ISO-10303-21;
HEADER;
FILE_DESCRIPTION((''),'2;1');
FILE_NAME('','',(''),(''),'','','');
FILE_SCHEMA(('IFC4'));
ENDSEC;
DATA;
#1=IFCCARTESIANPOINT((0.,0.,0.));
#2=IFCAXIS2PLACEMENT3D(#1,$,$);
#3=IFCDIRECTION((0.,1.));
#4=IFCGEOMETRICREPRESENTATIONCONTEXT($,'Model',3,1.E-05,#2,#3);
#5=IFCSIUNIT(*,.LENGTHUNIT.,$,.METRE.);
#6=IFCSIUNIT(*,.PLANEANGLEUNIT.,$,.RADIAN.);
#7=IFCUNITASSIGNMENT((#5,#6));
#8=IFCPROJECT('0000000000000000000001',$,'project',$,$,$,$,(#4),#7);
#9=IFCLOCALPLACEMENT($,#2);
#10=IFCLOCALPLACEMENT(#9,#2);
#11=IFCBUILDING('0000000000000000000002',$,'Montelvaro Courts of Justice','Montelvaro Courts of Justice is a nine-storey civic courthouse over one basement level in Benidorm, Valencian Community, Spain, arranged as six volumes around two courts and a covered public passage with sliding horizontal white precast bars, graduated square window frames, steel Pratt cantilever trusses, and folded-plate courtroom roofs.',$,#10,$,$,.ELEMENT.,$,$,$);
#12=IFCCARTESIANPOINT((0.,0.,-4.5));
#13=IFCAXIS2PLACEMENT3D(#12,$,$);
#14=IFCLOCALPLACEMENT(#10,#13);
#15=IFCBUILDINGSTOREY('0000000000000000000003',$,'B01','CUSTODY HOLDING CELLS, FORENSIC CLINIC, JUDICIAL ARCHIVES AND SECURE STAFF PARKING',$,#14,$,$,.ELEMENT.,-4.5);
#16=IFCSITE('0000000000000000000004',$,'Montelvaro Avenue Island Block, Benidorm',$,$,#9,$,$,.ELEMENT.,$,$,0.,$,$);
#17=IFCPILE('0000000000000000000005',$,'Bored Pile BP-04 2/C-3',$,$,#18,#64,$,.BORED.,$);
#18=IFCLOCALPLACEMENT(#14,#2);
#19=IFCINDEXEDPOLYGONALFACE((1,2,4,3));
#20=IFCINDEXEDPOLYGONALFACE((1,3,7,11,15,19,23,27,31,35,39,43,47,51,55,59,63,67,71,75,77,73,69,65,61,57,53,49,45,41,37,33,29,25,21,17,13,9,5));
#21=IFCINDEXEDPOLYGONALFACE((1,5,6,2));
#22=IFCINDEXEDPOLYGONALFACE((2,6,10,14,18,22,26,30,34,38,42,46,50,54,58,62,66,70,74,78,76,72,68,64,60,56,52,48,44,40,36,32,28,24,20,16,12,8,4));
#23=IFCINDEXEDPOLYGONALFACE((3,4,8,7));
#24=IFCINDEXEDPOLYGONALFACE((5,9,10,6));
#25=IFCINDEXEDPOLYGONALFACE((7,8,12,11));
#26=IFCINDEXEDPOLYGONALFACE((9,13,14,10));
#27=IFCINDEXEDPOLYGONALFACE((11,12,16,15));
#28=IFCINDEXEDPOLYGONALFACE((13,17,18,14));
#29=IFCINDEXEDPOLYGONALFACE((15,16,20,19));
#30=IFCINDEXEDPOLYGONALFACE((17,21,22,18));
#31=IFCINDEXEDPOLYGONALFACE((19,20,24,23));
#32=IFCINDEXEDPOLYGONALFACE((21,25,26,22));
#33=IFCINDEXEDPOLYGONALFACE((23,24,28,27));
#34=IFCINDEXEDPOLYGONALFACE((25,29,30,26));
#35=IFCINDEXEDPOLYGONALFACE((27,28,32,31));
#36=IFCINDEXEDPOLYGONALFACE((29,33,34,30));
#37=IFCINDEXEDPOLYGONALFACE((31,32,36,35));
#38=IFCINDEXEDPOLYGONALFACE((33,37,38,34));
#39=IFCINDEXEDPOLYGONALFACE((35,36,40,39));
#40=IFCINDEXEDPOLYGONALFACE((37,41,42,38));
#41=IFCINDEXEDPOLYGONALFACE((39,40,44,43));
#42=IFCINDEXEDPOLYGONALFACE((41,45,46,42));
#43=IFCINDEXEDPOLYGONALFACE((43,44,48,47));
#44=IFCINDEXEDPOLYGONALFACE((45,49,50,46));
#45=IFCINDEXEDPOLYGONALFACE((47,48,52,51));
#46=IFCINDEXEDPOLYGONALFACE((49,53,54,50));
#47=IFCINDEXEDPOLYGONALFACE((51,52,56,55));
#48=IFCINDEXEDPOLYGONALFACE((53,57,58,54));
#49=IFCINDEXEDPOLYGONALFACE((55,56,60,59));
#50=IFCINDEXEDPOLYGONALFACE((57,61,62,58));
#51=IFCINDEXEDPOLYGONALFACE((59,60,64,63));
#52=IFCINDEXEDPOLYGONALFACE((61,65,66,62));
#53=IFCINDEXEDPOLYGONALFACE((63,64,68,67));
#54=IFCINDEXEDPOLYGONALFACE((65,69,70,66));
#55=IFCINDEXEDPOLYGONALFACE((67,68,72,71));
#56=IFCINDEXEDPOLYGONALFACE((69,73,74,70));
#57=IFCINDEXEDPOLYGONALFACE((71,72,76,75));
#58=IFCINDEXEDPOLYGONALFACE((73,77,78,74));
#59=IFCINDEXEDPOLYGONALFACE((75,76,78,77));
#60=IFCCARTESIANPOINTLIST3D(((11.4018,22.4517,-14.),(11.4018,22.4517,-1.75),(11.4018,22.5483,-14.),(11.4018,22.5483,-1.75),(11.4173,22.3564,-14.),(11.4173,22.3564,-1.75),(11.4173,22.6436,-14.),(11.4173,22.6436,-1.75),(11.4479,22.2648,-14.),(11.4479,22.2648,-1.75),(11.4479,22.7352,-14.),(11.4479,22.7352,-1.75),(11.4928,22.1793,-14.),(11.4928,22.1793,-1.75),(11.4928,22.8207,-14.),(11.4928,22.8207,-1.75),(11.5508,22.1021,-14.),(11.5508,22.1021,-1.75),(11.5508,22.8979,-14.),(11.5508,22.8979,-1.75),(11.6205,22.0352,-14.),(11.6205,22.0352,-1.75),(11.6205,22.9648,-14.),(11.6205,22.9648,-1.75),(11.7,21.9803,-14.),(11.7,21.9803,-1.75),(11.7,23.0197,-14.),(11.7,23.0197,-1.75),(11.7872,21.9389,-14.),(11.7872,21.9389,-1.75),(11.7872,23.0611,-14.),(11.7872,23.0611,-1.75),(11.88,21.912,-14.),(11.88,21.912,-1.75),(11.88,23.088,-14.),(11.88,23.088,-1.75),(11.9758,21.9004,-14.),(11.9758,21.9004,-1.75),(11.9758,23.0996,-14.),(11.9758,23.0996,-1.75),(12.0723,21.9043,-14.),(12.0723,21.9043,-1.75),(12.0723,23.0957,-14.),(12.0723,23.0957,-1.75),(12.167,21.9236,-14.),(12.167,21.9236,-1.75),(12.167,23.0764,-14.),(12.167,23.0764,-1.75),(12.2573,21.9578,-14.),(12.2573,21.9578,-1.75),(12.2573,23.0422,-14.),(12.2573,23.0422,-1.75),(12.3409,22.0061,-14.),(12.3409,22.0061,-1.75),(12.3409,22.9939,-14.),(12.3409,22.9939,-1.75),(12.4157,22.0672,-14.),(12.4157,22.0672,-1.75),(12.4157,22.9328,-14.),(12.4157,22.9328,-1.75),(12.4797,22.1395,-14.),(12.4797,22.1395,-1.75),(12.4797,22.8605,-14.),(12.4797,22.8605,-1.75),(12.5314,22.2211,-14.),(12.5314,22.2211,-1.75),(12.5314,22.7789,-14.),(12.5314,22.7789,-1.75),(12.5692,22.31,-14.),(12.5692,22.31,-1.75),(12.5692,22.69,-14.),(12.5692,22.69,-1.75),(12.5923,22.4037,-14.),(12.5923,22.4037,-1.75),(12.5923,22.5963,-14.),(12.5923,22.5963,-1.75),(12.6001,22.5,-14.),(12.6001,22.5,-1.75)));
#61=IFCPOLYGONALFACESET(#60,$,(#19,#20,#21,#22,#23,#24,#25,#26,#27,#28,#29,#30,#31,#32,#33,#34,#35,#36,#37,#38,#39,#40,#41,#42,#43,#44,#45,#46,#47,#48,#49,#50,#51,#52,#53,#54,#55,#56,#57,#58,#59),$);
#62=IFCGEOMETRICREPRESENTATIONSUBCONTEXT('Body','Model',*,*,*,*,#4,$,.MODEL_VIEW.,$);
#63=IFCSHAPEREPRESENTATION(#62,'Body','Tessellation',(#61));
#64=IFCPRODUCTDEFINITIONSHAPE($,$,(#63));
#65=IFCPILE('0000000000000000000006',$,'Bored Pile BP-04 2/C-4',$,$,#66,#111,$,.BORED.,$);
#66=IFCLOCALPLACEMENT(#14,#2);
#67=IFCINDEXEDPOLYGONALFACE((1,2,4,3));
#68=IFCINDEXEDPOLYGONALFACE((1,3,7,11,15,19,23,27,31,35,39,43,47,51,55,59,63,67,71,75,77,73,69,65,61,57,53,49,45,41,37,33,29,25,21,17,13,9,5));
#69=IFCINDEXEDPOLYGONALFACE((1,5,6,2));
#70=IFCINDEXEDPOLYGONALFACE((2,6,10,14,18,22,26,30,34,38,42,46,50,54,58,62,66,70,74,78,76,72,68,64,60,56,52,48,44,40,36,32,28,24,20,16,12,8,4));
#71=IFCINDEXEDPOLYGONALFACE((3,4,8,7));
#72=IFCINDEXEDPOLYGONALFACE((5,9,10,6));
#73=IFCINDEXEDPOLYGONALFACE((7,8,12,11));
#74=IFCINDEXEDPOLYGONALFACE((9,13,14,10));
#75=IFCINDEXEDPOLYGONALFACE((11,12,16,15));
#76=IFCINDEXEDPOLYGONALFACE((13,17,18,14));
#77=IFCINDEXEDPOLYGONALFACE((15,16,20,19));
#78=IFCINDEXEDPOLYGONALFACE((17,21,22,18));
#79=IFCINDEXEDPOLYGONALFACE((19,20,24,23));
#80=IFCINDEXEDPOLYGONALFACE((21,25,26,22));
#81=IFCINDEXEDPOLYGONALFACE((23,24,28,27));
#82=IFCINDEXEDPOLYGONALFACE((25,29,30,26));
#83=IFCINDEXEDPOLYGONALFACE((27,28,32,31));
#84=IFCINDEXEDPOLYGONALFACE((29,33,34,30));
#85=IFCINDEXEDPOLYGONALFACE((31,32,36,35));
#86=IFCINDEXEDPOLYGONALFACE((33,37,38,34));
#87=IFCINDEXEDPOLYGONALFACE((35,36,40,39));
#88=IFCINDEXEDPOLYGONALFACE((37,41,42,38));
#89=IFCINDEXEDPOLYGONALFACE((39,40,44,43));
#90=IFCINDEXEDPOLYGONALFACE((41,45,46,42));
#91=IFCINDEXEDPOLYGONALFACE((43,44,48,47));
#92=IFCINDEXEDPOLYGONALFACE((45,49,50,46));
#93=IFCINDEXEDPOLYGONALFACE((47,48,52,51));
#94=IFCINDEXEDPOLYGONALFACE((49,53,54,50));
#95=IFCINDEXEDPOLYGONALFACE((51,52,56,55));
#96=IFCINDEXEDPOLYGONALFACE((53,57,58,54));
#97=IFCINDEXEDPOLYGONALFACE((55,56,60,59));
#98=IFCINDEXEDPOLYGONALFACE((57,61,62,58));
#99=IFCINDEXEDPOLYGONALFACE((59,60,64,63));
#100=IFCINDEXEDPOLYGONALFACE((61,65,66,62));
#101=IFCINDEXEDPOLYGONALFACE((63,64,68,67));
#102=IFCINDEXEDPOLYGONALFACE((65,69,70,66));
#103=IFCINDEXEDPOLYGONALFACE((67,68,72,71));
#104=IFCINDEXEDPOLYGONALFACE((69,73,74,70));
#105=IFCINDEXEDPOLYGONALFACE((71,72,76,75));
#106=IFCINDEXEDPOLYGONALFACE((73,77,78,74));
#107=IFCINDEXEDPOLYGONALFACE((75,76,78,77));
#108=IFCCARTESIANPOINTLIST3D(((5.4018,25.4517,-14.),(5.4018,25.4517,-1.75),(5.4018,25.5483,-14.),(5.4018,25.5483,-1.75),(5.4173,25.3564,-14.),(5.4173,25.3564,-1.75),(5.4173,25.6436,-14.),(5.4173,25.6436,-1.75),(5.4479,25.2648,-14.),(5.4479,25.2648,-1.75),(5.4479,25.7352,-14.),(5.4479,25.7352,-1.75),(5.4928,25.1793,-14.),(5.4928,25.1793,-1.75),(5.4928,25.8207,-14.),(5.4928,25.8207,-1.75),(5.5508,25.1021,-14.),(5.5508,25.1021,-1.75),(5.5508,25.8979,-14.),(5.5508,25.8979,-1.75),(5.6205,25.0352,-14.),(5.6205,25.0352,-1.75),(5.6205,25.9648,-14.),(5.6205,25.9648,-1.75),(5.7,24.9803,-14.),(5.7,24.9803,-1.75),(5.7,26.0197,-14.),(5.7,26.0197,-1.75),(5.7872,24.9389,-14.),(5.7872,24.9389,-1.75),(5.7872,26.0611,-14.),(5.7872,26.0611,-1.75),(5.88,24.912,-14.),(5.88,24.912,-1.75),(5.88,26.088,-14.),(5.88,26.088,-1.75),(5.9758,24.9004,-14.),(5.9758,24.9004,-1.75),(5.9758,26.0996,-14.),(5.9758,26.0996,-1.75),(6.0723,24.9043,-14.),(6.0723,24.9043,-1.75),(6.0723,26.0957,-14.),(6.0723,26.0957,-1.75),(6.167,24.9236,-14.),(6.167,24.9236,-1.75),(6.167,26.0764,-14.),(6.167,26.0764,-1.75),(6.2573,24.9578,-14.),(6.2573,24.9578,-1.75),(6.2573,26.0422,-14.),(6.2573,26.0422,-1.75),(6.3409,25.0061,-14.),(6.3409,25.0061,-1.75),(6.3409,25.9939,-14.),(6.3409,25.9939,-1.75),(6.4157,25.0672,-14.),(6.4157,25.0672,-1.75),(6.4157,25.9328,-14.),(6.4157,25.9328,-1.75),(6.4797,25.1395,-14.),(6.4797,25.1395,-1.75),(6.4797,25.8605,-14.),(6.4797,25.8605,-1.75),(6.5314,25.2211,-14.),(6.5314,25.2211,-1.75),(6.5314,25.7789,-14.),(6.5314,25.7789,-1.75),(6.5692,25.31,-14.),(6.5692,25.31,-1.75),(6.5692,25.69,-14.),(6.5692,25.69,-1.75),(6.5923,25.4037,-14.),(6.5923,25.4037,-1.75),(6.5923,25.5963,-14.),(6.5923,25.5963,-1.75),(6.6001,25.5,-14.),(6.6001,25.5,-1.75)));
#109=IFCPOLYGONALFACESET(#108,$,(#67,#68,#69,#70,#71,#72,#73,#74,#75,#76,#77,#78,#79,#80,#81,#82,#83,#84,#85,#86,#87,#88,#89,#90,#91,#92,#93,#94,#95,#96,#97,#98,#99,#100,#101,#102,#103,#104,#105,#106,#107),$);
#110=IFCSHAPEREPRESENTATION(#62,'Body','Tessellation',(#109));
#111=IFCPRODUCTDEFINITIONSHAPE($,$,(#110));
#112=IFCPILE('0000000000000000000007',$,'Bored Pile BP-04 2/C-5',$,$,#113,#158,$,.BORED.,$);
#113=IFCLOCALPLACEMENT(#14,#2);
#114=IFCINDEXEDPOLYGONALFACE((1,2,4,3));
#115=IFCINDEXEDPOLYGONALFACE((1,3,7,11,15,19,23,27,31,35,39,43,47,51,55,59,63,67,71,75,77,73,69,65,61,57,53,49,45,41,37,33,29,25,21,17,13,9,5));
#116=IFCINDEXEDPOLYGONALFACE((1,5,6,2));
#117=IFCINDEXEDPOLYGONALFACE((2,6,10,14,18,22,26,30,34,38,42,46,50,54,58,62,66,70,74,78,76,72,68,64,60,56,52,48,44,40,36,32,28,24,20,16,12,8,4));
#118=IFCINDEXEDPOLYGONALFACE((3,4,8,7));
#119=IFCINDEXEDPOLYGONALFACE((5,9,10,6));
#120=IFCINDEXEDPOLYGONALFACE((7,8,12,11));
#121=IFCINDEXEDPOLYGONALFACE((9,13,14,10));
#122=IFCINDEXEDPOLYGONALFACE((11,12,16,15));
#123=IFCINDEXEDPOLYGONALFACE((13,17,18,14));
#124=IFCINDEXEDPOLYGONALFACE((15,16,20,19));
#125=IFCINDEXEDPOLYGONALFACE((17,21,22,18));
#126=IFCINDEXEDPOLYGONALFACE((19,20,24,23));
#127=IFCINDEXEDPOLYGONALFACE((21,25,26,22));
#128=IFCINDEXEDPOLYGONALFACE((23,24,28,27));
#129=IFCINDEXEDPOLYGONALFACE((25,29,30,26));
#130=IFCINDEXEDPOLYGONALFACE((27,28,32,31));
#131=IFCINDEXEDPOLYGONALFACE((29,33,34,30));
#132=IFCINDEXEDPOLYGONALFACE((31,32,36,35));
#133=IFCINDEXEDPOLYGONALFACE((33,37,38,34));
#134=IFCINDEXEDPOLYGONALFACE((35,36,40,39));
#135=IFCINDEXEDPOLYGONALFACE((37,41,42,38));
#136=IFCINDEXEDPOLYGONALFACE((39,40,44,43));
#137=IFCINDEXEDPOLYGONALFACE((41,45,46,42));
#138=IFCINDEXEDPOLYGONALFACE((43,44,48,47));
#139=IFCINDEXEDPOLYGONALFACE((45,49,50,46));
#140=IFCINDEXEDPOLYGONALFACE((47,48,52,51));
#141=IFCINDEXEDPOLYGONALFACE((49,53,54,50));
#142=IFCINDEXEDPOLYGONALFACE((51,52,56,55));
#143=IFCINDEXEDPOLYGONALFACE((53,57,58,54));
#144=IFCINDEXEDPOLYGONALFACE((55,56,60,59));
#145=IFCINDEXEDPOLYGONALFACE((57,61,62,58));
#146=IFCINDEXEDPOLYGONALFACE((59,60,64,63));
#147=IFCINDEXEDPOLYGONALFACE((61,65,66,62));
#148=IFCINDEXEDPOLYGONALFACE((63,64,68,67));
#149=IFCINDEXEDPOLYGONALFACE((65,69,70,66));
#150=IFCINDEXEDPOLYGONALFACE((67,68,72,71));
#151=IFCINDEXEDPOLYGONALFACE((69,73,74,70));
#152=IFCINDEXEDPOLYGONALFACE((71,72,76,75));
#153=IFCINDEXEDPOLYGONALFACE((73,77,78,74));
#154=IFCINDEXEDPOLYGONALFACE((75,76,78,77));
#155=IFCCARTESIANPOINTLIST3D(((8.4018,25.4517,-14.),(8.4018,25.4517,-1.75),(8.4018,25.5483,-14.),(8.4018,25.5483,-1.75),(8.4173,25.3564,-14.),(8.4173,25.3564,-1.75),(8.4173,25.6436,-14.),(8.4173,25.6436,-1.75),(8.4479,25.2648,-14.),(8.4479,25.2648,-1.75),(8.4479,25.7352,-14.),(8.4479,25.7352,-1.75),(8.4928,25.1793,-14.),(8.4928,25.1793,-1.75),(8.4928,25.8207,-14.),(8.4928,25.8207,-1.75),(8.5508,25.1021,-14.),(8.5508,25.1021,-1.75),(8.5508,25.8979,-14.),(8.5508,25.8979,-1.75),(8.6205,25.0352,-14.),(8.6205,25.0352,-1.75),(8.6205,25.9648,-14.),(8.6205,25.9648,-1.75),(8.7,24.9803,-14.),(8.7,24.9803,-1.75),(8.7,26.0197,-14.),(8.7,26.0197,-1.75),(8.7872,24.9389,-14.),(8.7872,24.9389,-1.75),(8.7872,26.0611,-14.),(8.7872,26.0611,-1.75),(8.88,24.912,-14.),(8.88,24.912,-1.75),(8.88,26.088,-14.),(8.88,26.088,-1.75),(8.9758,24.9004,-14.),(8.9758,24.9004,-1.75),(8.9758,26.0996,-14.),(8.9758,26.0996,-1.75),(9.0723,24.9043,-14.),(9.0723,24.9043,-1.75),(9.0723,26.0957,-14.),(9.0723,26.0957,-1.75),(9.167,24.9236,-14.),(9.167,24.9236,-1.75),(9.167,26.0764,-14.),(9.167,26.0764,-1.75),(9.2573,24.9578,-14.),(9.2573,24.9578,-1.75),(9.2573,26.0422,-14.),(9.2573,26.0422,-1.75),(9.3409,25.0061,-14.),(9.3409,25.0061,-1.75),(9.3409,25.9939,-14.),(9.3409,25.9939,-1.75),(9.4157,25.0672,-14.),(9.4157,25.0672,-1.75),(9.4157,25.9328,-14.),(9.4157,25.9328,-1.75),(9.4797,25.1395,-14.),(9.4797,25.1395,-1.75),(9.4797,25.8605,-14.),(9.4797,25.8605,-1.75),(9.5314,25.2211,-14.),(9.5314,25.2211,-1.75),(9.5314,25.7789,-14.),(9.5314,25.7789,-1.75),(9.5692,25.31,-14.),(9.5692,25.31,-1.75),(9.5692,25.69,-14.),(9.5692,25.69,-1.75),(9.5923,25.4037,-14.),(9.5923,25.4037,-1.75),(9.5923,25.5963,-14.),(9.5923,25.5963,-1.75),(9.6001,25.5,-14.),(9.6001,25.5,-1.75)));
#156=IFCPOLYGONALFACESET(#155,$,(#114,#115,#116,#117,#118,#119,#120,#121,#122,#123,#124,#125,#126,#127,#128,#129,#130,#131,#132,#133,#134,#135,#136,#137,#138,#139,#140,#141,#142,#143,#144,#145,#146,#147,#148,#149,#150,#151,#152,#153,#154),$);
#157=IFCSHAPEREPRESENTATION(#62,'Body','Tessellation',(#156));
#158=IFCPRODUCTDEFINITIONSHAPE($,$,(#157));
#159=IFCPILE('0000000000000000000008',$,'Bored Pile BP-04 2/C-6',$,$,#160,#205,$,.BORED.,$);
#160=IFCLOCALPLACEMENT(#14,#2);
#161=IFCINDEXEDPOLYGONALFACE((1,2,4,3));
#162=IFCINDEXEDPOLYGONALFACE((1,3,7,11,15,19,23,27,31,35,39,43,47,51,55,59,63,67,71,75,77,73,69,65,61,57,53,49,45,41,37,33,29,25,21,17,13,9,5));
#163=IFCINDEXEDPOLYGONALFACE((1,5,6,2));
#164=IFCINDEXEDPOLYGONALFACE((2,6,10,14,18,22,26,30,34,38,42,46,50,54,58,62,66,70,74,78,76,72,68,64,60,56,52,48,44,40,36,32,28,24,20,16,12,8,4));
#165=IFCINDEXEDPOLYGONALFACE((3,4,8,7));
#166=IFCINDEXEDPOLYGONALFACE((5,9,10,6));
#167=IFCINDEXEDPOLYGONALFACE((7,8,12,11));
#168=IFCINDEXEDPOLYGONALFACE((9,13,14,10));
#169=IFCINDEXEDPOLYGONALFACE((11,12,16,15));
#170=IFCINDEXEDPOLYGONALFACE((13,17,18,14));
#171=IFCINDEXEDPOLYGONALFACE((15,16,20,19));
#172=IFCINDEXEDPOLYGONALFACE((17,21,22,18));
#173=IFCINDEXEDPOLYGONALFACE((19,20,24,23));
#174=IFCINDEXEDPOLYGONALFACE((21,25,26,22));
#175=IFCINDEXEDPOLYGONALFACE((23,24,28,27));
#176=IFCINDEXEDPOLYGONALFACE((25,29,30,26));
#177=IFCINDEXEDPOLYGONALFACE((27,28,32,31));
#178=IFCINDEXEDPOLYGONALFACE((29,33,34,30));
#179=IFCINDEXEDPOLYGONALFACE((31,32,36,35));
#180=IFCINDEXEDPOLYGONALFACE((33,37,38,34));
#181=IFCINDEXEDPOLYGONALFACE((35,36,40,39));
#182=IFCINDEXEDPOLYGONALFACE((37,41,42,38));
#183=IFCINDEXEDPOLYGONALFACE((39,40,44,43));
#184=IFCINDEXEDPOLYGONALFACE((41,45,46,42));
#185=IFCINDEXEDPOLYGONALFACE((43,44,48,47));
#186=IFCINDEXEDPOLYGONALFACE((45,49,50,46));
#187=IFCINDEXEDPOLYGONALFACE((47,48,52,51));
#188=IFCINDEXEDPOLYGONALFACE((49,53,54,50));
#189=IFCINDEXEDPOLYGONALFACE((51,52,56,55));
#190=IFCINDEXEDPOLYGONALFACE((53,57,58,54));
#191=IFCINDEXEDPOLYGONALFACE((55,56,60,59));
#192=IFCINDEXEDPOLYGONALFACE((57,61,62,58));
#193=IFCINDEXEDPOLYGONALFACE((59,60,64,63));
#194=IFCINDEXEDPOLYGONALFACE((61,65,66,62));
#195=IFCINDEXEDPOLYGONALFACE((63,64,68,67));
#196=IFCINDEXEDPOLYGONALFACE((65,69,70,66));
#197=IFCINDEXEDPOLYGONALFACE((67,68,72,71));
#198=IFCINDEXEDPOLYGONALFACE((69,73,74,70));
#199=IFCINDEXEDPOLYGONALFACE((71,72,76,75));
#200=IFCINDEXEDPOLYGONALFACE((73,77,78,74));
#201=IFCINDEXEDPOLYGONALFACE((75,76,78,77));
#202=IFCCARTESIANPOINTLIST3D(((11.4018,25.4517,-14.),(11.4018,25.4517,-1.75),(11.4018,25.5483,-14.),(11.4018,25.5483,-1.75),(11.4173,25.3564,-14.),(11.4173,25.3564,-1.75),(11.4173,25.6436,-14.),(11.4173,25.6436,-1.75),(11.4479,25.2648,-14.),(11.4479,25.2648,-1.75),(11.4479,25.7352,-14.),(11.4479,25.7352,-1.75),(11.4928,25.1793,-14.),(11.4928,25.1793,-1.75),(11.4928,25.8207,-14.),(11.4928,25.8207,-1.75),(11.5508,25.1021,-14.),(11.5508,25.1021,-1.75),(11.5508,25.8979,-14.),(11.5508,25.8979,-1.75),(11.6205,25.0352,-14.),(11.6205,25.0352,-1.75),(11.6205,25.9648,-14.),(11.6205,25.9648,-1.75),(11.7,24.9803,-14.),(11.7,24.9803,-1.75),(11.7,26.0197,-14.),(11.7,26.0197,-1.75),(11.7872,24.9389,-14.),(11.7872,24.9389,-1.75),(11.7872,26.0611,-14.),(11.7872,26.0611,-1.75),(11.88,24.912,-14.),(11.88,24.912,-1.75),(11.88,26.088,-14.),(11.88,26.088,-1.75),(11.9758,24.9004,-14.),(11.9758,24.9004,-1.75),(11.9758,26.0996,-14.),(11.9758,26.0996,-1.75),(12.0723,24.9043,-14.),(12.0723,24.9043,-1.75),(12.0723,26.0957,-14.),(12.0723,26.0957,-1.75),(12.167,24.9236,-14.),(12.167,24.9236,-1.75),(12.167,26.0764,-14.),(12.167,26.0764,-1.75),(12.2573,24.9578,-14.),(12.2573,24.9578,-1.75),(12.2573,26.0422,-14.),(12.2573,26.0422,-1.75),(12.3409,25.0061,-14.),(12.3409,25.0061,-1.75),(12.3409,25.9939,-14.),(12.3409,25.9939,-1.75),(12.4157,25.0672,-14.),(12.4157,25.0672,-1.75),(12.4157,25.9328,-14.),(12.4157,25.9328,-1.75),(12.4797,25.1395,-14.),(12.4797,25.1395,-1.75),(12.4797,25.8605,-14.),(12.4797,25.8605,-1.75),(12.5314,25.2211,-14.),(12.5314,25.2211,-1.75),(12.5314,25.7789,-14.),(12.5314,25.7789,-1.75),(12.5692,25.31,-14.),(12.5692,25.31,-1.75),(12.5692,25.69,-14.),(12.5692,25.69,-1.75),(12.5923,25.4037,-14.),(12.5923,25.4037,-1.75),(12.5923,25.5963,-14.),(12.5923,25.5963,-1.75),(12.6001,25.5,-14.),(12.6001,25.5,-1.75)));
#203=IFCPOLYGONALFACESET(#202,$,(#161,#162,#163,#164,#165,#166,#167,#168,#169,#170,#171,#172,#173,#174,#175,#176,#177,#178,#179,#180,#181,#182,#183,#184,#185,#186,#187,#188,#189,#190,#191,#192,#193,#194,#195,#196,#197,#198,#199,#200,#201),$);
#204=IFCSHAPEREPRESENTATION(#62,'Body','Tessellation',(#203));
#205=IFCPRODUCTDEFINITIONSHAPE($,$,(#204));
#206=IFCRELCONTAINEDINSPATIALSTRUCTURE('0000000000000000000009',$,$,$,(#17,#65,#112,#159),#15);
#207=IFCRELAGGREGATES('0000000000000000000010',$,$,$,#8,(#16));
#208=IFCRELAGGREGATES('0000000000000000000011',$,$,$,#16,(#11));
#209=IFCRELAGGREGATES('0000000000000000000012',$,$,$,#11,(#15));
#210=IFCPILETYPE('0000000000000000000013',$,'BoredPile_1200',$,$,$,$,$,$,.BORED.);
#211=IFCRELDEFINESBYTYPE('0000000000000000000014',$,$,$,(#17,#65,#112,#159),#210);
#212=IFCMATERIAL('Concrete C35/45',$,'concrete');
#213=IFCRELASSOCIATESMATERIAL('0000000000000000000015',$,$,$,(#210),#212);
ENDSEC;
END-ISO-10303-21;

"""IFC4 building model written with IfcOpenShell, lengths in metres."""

from ifc_helpers import new_model, si_unit, direction, frame, origin, origin_2d, place, context, subcontext, project, spatial, circle, extrude, material, material_profile, profile_set, type_object, element, save


model = new_model("IFC4")

# Units and contexts
model_context = context("Model", 3, precision=1e-05, world=origin(), true_north=direction((0.0, 1.0)))
body_context = subcontext(model_context, "Body", "Model", "MODEL_VIEW")
ifc_project = project(units=[si_unit("LENGTHUNIT", "METRE"), si_unit("PLANEANGLEUNIT", "RADIAN")], contexts=[model_context])

# Site, building, storey
site_placement = place(None, origin())
site = spatial("IfcSite", under=ifc_project, at=site_placement, Name="Montelvaro Avenue Island Block, Benidorm", CompositionType="ELEMENT", RefElevation=0.0)
building_placement = place(site_placement, origin())
building = spatial("IfcBuilding", under=site, at=building_placement, Name="Montelvaro Courts of Justice", Description="Montelvaro Courts of Justice is a nine-storey civic courthouse over one basement level in Benidorm, Valencian Community, Spain, arranged as six volumes around two courts and a covered public passage with sliding horizontal white precast bars, graduated square window frames, steel Pratt cantilever trusses, and folded-plate courtroom roofs.", CompositionType="ELEMENT")
storey_placement = place(building_placement, frame((0.0, 0.0, -4.5)))
storey = spatial("IfcBuildingStorey", under=building, at=storey_placement, Name="B01", Description="CUSTODY HOLDING CELLS, FORENSIC CLINIC, JUDICIAL ARCHIVES AND SECURE STAFF PARKING", CompositionType="ELEMENT", Elevation=-4.5)

# Piles
ifc_material_1 = material(Name="Concrete C35/45", Category="concrete")
ifc_material_profile_1 = material_profile(ifc_material_1, circle(Radius=0.6001, at=origin_2d()), Name="BORED PILE D1200")
ifc_profile_set_1 = profile_set([ifc_material_profile_1], Name="Concrete C35/45")
pile_type_1 = type_object("IfcPileType", Name="BoredPile_1200", PredefinedType="BORED", material=ifc_profile_set_1)
for number, where, z_axis, x_axis, name in (
    (1, (12.0, 22.5, -1.75), (0.0, 0.0, -1.0), (1.0, 0.0, 0.0), "Bored Pile BP-04 2/C-3"),
    (2, (6.0, 25.5, -1.75), (0.0, 0.0, -1.0), (1.0, 0.0, 0.0), "Bored Pile BP-04 2/C-4"),
    (3, (9.0, 25.5, -1.75), (0.0, 0.0, -1.0), (1.0, 0.0, 0.0), "Bored Pile BP-04 2/C-5"),
    (4, (12.0, 25.5, -1.75), (0.0, 0.0, -1.0), (1.0, 0.0, 0.0), "Bored Pile BP-04 2/C-6"),
):
    element("IfcPile", number, at=place(storey_placement, frame(where, z_axis=z_axis, x_axis=x_axis)), inside=storey, type_object=pile_type_1, Name=name, PredefinedType="BORED", context=body_context, shape_type="SweptSolid", body=[
        extrude(circle(Radius=0.6001, at=origin_2d()), origin(), (0.0, 0.0, 1.0), 12.25),
    ])

save(model, "model.ifc")
